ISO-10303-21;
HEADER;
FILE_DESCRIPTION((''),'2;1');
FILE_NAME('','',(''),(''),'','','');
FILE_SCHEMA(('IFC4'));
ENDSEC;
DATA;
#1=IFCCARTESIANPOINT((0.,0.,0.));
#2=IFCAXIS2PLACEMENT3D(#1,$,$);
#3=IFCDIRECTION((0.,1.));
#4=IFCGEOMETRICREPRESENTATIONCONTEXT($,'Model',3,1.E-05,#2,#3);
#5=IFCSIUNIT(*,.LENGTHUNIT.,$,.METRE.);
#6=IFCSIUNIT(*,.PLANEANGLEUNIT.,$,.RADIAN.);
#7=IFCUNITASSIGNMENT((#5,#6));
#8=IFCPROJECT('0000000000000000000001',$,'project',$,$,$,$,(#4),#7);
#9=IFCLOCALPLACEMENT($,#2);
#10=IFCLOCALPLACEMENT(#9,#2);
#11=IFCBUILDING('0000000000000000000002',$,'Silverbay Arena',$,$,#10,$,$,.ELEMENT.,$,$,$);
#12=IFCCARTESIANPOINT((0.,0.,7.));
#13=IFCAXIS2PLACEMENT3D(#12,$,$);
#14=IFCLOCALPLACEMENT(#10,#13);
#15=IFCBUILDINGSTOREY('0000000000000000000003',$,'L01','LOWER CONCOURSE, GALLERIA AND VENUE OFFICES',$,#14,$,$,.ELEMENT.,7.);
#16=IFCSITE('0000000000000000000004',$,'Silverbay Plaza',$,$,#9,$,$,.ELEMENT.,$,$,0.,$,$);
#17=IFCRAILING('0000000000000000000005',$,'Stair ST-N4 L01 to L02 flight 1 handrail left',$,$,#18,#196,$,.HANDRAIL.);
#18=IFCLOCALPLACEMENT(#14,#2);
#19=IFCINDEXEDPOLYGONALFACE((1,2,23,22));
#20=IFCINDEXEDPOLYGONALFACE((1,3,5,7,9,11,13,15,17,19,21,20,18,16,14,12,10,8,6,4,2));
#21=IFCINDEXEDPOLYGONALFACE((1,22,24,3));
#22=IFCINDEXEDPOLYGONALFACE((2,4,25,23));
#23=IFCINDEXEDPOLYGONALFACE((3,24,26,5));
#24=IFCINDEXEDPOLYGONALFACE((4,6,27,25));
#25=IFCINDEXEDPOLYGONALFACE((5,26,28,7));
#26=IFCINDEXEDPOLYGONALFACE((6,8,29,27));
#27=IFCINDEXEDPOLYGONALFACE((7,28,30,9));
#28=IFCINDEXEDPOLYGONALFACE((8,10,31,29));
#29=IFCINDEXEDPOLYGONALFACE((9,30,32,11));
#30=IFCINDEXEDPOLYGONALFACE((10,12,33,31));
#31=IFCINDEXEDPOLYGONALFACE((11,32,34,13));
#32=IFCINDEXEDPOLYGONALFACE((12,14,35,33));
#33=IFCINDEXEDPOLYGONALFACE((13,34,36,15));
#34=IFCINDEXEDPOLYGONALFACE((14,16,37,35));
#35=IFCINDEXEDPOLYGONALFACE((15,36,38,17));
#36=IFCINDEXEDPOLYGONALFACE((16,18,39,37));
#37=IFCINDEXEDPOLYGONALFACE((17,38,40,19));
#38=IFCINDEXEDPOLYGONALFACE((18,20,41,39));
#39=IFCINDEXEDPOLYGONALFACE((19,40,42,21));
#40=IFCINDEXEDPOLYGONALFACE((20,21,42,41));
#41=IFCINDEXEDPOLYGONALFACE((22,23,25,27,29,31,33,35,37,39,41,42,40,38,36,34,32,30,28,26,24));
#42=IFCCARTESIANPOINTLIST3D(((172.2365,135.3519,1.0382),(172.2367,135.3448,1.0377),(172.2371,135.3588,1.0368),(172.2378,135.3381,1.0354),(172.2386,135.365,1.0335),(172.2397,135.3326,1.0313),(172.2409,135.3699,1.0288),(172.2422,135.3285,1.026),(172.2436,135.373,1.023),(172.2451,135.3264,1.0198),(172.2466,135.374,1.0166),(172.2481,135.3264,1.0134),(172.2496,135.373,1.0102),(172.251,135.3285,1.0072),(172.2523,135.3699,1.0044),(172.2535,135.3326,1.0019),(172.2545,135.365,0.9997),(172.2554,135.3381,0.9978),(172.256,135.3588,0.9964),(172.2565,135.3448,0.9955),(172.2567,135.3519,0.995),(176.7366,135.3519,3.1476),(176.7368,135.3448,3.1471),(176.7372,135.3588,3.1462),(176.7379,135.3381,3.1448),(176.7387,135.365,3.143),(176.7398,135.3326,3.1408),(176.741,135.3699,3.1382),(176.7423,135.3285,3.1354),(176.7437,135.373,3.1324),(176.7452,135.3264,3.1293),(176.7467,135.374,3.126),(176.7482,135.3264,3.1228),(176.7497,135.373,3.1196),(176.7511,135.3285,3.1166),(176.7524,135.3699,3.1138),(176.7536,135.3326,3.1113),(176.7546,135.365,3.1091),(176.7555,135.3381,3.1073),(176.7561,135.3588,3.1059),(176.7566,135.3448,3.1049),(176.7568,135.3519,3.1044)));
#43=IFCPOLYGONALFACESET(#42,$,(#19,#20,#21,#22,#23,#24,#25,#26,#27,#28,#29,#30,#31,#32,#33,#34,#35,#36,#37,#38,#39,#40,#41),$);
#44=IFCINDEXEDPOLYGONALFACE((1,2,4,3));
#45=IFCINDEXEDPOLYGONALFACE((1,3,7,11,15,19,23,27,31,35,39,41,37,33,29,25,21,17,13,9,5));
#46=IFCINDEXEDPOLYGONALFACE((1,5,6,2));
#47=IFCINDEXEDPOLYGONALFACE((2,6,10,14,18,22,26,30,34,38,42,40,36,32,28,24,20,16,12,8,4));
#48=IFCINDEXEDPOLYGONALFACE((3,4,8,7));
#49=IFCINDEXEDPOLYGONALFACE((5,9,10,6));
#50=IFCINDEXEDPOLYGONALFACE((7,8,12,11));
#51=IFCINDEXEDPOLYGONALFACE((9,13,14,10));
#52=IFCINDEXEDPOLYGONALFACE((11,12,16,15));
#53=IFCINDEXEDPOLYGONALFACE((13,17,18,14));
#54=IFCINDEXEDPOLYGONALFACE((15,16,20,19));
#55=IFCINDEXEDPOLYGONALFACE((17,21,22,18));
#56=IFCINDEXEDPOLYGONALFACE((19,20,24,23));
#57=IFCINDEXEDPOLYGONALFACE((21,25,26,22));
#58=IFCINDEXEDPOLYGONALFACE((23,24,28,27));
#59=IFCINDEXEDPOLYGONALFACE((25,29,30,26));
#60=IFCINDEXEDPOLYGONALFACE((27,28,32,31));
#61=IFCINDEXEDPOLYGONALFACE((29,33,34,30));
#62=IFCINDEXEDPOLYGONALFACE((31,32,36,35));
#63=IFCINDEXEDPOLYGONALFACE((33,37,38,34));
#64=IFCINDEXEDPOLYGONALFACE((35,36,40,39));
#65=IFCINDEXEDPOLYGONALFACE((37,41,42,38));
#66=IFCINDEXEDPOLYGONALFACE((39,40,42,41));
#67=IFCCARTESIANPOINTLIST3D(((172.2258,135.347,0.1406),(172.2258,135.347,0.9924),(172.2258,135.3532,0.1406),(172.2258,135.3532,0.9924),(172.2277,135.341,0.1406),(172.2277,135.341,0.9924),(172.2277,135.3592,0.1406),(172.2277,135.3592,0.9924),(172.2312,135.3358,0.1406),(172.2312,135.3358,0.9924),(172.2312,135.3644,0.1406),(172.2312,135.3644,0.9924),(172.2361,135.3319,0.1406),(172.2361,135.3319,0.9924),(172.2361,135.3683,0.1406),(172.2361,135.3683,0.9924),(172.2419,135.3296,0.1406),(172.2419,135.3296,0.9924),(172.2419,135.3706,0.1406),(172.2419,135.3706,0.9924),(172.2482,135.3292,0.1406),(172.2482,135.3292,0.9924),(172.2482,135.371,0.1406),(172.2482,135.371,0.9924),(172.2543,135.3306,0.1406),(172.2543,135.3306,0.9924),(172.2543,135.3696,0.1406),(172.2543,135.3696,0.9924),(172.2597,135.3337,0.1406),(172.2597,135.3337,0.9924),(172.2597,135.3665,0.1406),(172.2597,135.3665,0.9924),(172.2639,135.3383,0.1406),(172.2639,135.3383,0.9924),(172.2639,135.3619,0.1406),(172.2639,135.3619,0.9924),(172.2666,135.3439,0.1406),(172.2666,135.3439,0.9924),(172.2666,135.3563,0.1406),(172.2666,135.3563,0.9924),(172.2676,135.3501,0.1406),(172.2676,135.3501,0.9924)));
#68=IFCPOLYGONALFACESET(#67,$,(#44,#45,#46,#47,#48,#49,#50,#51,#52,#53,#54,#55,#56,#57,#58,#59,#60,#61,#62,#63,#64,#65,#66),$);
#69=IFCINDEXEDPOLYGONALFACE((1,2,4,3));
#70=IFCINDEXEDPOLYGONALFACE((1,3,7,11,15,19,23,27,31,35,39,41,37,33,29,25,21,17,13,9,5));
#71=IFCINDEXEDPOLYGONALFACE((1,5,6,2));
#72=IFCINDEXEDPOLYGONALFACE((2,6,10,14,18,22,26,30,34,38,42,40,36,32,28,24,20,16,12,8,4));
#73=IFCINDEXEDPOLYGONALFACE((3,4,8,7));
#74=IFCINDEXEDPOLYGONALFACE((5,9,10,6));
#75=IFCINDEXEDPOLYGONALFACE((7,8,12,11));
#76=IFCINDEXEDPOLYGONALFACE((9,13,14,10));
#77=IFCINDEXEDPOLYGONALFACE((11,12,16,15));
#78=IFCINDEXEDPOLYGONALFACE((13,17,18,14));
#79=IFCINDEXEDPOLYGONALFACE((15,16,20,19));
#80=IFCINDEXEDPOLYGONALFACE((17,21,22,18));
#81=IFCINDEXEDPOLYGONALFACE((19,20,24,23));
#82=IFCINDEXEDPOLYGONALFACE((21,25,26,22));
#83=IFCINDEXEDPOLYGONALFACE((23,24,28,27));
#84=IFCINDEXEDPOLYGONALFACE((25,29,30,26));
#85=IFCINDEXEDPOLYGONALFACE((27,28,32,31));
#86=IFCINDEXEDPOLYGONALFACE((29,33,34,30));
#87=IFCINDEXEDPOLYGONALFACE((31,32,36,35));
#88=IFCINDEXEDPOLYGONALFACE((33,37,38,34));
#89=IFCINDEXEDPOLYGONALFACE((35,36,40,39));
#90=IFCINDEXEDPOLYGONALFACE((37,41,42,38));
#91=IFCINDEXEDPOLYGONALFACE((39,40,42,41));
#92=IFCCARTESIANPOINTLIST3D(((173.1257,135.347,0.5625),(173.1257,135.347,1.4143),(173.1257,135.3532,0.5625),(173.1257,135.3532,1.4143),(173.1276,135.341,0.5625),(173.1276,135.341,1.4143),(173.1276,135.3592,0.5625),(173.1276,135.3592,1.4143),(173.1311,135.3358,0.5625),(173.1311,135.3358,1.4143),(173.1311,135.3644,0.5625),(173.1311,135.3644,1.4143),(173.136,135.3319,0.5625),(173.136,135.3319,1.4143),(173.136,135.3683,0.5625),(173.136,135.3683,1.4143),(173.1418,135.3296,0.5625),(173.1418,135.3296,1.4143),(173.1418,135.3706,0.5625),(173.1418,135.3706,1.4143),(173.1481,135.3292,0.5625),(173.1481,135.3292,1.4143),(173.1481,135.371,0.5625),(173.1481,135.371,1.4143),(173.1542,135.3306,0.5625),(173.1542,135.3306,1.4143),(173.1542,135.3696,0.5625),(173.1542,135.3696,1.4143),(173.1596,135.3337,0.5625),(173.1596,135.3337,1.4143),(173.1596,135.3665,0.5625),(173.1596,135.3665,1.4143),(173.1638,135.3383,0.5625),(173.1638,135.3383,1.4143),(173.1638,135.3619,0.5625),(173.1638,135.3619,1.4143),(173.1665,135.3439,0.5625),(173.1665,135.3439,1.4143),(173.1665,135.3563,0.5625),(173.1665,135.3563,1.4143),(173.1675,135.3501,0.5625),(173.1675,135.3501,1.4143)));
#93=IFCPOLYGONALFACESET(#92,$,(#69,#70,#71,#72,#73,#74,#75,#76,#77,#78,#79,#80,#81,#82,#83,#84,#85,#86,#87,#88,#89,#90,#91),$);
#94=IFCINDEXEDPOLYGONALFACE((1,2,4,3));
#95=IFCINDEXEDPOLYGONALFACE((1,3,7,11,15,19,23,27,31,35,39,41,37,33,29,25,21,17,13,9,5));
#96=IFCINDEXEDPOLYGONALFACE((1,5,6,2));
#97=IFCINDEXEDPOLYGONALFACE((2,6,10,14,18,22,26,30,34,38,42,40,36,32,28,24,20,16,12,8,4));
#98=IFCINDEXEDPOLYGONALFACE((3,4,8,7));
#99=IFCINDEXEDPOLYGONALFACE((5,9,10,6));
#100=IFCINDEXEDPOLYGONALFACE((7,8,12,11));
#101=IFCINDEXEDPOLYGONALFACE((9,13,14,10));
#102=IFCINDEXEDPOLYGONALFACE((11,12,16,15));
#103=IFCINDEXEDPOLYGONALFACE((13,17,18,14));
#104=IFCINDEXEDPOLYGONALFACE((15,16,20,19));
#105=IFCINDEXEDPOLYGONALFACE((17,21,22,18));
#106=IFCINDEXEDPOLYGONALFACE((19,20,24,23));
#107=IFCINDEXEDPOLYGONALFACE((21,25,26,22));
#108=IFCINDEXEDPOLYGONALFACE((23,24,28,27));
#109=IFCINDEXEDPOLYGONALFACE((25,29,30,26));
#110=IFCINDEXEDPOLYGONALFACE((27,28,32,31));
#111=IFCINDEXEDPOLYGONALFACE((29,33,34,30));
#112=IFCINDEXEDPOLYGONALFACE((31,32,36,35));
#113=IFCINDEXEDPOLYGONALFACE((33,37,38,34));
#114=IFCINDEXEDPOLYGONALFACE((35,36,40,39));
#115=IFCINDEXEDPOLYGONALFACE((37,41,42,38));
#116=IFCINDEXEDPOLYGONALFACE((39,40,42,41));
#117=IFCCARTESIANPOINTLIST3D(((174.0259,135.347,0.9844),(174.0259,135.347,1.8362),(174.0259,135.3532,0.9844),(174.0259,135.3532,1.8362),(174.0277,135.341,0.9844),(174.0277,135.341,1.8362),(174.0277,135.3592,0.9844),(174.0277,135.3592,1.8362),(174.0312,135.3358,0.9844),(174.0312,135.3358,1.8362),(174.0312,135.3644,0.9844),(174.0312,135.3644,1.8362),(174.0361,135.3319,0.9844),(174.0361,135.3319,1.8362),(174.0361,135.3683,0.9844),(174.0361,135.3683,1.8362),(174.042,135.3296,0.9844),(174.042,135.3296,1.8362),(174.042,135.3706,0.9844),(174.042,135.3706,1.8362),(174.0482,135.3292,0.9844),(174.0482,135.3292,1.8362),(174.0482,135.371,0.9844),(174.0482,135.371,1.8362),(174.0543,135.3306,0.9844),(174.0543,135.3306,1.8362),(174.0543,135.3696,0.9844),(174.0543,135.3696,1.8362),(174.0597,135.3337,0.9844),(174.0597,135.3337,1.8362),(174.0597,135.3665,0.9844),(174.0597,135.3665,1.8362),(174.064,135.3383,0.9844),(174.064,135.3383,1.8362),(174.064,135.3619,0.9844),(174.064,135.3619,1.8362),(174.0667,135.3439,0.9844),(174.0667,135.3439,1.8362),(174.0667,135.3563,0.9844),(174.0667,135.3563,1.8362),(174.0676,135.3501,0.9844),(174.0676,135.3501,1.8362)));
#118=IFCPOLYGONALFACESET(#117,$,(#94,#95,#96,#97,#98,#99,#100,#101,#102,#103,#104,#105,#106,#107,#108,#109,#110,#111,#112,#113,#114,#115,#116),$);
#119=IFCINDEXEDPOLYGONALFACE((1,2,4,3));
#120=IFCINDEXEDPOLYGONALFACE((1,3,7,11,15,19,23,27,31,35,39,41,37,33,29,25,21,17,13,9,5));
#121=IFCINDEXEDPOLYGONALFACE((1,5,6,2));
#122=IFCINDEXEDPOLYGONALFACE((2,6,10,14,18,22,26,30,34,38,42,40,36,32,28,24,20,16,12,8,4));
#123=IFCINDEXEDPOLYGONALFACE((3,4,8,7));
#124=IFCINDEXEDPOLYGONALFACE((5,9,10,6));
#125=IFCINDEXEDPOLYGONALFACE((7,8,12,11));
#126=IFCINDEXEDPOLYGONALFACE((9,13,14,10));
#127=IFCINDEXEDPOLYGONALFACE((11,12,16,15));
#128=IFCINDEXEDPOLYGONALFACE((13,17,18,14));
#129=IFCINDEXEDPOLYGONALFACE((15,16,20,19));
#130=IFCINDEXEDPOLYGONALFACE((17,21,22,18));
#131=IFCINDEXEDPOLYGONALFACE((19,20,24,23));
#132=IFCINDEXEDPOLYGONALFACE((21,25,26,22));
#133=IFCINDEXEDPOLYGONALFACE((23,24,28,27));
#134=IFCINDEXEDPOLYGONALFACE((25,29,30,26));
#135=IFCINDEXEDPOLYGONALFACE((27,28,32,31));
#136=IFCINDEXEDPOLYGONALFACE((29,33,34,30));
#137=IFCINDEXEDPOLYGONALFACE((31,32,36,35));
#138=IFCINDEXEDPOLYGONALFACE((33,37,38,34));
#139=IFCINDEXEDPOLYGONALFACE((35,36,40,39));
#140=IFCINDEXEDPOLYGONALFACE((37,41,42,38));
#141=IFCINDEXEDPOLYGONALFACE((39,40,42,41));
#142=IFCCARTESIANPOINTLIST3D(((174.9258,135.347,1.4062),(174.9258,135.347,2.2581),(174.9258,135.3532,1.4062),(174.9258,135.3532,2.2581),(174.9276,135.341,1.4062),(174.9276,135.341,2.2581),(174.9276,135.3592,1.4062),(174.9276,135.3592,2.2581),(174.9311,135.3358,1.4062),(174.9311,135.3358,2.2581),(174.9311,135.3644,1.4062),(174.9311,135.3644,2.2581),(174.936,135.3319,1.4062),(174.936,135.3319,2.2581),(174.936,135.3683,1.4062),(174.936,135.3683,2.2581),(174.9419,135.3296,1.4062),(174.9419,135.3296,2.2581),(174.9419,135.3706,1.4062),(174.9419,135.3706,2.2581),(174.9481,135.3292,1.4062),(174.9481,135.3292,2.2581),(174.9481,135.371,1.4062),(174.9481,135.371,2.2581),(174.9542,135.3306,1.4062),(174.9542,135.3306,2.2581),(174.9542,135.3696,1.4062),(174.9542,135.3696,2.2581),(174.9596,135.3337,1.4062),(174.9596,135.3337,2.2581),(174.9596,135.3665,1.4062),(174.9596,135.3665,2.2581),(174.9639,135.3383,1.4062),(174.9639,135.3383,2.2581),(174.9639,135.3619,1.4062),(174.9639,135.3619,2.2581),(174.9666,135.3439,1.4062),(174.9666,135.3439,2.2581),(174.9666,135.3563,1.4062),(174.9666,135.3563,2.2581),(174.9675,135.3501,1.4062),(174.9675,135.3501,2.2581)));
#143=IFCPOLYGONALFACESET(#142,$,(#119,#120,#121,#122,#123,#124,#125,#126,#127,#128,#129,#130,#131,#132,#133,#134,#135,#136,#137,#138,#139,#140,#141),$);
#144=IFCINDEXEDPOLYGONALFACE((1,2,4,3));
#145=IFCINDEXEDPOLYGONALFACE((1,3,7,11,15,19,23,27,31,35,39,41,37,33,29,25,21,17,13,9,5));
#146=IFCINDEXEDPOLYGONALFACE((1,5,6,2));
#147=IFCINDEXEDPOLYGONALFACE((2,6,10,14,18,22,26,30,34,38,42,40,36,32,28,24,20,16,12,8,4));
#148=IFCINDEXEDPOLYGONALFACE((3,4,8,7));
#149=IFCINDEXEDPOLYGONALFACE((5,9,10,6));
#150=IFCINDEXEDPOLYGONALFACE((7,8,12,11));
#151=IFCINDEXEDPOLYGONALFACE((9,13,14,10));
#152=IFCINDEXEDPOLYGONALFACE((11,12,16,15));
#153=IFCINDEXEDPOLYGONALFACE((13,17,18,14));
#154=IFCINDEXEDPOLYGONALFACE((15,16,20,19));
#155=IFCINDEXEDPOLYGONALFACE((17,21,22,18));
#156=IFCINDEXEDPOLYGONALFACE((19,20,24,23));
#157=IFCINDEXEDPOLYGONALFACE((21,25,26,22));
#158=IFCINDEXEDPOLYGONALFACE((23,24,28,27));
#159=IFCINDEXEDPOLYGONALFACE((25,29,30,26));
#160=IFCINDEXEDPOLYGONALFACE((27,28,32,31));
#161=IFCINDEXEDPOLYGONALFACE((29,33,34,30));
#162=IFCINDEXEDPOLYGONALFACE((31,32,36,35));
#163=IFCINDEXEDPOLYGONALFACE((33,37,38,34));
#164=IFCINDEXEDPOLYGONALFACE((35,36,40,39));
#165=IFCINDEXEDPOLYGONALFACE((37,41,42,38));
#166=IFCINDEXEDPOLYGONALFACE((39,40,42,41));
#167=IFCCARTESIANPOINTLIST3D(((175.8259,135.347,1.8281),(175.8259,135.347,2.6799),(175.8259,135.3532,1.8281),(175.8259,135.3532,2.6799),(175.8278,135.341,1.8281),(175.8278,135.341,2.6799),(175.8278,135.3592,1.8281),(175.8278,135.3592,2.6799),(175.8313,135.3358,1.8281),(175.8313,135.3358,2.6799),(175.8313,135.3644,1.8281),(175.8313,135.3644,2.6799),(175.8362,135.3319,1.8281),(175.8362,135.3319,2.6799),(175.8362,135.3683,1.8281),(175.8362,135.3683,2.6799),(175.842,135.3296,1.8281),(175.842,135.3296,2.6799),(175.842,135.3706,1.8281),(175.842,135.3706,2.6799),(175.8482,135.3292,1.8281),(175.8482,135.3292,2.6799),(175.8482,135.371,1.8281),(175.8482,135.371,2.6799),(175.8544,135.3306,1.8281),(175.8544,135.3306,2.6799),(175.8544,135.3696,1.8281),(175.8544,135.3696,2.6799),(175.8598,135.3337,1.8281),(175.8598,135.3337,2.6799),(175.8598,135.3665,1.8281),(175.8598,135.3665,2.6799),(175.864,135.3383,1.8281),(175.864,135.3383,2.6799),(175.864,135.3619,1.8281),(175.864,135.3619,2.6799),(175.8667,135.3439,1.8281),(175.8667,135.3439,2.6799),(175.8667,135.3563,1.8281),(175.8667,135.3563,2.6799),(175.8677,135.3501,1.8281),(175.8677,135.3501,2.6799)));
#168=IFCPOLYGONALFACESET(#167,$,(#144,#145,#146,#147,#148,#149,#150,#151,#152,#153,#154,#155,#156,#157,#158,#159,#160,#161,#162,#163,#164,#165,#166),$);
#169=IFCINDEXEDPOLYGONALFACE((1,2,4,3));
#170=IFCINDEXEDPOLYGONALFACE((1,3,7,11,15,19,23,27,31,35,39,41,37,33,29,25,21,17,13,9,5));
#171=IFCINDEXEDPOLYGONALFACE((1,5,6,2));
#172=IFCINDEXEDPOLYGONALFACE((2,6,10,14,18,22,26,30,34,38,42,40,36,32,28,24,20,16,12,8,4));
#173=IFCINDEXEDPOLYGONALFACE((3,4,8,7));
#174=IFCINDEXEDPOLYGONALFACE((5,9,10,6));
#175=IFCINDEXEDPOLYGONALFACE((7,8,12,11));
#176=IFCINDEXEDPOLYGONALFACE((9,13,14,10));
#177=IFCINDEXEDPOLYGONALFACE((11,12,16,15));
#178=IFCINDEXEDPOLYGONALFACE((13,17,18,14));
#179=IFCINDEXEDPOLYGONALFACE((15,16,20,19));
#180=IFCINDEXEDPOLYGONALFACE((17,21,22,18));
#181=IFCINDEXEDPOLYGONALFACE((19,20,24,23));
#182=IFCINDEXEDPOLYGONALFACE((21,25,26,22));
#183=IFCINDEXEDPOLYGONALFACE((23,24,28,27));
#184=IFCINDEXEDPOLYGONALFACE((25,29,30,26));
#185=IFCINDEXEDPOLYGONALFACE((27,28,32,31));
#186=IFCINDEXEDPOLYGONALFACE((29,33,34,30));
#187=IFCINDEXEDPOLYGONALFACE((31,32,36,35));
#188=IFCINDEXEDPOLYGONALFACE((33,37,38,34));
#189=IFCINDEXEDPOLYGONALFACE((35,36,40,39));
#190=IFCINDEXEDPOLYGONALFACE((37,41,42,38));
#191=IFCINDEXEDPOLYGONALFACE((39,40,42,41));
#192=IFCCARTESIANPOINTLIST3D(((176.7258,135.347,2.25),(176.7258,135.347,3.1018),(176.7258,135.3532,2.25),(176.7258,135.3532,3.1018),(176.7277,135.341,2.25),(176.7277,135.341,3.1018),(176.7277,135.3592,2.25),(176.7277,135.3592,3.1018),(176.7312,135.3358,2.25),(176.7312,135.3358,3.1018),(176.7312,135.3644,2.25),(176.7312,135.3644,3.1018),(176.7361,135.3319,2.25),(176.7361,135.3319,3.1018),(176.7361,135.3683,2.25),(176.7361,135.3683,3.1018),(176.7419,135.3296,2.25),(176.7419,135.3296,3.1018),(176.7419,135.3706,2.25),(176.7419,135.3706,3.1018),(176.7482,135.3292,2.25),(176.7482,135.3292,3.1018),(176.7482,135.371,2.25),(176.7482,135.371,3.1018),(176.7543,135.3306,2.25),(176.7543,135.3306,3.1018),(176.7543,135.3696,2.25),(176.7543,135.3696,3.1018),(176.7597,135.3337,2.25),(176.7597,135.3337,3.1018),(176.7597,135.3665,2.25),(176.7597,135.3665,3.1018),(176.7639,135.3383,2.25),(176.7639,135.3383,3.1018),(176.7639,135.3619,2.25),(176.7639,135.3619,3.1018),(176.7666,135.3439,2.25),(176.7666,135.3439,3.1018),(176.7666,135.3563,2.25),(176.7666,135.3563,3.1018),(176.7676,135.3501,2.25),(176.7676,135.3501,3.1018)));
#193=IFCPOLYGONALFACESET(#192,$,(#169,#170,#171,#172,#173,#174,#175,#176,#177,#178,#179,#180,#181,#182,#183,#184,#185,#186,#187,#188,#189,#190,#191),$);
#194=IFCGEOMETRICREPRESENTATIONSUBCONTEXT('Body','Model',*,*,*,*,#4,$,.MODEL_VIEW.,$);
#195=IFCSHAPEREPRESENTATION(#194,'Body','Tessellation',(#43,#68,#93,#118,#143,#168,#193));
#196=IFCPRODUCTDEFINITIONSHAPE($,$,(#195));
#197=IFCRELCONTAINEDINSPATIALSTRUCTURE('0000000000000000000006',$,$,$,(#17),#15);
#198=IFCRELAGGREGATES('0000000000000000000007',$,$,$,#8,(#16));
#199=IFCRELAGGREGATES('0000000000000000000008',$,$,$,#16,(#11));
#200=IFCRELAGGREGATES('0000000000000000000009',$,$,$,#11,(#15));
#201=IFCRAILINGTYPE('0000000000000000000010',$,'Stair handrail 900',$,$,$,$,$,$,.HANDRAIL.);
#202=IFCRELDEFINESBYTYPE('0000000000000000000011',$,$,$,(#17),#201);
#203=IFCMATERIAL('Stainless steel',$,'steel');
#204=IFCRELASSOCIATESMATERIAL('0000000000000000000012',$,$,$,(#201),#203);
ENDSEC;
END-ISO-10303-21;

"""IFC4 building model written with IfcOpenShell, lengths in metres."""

from ifc_helpers import new_model, si_unit, direction, frame, origin, origin_2d, place, context, subcontext, project, spatial, circle, extrude, material, type_object, element, save


model = new_model("IFC4")

# Units and contexts
model_context = context("Model", 3, precision=1e-05, world=origin(), true_north=direction((0.0, 1.0)))
body_context = subcontext(model_context, "Body", "Model", "MODEL_VIEW")
ifc_project = project(units=[si_unit("LENGTHUNIT", "METRE"), si_unit("PLANEANGLEUNIT", "RADIAN")], contexts=[model_context])

# Site, building, storey
site_placement = place(None, origin())
site = spatial("IfcSite", under=ifc_project, at=site_placement, Name="Silverbay Plaza", CompositionType="ELEMENT", RefElevation=0.0)
building_placement = place(site_placement, origin())
building = spatial("IfcBuilding", under=site, at=building_placement, Name="Silverbay Arena", CompositionType="ELEMENT")
storey_placement = place(building_placement, frame((0.0, 0.0, 7.0)))
storey = spatial("IfcBuildingStorey", under=building, at=storey_placement, Name="L01", Description="LOWER CONCOURSE, GALLERIA AND VENUE OFFICES", CompositionType="ELEMENT", Elevation=7.0)

# Railing
ifc_material_1 = material(Name="Stainless steel", Category="steel")
railing_type_1 = type_object("IfcRailingType", Name="Stair handrail 900", PredefinedType="HANDRAIL", material=ifc_material_1)
for number, where, name in (
    (1, (172.2466, 135.3501, 0.1406), "Stair ST-N4 L01 to L02 flight 1 handrail left"),
):
    element("IfcRailing", number, at=place(storey_placement, frame(where)), inside=storey, type_object=railing_type_1, Name=name, PredefinedType="HANDRAIL", context=body_context, shape_type="SweptSolid", body=[
        extrude(circle(Radius=0.0239, at=origin_2d()), frame((0.0, 0.0, 0.876), z_axis=(0.905459, 0.0, 0.424434), x_axis=(0.0, 1.0, 0.0)), (0.0, 0.0, 1.0), 4.97),
        extrude(circle(Radius=0.021, at=origin_2d()), origin(), (0.0, 0.0, 1.0), 0.8518),
        extrude(circle(Radius=0.021, at=origin_2d()), frame((0.8999, 0.0, 0.4219)), (0.0, 0.0, 1.0), 0.8518),
        extrude(circle(Radius=0.021, at=origin_2d()), frame((1.8, 0.0, 0.8438)), (0.0, 0.0, 1.0), 0.8518),
        extrude(circle(Radius=0.021, at=origin_2d()), frame((2.7, 0.0, 1.2656)), (0.0, 0.0, 1.0), 0.8518),
        extrude(circle(Radius=0.021, at=origin_2d()), frame((3.6001, 0.0, 1.6875)), (0.0, 0.0, 1.0), 0.8518),
        extrude(circle(Radius=0.021, at=origin_2d()), frame((4.5, 0.0, 2.1094)), (0.0, 0.0, 1.0), 0.8518),
    ])

save(model, "model.ifc")
